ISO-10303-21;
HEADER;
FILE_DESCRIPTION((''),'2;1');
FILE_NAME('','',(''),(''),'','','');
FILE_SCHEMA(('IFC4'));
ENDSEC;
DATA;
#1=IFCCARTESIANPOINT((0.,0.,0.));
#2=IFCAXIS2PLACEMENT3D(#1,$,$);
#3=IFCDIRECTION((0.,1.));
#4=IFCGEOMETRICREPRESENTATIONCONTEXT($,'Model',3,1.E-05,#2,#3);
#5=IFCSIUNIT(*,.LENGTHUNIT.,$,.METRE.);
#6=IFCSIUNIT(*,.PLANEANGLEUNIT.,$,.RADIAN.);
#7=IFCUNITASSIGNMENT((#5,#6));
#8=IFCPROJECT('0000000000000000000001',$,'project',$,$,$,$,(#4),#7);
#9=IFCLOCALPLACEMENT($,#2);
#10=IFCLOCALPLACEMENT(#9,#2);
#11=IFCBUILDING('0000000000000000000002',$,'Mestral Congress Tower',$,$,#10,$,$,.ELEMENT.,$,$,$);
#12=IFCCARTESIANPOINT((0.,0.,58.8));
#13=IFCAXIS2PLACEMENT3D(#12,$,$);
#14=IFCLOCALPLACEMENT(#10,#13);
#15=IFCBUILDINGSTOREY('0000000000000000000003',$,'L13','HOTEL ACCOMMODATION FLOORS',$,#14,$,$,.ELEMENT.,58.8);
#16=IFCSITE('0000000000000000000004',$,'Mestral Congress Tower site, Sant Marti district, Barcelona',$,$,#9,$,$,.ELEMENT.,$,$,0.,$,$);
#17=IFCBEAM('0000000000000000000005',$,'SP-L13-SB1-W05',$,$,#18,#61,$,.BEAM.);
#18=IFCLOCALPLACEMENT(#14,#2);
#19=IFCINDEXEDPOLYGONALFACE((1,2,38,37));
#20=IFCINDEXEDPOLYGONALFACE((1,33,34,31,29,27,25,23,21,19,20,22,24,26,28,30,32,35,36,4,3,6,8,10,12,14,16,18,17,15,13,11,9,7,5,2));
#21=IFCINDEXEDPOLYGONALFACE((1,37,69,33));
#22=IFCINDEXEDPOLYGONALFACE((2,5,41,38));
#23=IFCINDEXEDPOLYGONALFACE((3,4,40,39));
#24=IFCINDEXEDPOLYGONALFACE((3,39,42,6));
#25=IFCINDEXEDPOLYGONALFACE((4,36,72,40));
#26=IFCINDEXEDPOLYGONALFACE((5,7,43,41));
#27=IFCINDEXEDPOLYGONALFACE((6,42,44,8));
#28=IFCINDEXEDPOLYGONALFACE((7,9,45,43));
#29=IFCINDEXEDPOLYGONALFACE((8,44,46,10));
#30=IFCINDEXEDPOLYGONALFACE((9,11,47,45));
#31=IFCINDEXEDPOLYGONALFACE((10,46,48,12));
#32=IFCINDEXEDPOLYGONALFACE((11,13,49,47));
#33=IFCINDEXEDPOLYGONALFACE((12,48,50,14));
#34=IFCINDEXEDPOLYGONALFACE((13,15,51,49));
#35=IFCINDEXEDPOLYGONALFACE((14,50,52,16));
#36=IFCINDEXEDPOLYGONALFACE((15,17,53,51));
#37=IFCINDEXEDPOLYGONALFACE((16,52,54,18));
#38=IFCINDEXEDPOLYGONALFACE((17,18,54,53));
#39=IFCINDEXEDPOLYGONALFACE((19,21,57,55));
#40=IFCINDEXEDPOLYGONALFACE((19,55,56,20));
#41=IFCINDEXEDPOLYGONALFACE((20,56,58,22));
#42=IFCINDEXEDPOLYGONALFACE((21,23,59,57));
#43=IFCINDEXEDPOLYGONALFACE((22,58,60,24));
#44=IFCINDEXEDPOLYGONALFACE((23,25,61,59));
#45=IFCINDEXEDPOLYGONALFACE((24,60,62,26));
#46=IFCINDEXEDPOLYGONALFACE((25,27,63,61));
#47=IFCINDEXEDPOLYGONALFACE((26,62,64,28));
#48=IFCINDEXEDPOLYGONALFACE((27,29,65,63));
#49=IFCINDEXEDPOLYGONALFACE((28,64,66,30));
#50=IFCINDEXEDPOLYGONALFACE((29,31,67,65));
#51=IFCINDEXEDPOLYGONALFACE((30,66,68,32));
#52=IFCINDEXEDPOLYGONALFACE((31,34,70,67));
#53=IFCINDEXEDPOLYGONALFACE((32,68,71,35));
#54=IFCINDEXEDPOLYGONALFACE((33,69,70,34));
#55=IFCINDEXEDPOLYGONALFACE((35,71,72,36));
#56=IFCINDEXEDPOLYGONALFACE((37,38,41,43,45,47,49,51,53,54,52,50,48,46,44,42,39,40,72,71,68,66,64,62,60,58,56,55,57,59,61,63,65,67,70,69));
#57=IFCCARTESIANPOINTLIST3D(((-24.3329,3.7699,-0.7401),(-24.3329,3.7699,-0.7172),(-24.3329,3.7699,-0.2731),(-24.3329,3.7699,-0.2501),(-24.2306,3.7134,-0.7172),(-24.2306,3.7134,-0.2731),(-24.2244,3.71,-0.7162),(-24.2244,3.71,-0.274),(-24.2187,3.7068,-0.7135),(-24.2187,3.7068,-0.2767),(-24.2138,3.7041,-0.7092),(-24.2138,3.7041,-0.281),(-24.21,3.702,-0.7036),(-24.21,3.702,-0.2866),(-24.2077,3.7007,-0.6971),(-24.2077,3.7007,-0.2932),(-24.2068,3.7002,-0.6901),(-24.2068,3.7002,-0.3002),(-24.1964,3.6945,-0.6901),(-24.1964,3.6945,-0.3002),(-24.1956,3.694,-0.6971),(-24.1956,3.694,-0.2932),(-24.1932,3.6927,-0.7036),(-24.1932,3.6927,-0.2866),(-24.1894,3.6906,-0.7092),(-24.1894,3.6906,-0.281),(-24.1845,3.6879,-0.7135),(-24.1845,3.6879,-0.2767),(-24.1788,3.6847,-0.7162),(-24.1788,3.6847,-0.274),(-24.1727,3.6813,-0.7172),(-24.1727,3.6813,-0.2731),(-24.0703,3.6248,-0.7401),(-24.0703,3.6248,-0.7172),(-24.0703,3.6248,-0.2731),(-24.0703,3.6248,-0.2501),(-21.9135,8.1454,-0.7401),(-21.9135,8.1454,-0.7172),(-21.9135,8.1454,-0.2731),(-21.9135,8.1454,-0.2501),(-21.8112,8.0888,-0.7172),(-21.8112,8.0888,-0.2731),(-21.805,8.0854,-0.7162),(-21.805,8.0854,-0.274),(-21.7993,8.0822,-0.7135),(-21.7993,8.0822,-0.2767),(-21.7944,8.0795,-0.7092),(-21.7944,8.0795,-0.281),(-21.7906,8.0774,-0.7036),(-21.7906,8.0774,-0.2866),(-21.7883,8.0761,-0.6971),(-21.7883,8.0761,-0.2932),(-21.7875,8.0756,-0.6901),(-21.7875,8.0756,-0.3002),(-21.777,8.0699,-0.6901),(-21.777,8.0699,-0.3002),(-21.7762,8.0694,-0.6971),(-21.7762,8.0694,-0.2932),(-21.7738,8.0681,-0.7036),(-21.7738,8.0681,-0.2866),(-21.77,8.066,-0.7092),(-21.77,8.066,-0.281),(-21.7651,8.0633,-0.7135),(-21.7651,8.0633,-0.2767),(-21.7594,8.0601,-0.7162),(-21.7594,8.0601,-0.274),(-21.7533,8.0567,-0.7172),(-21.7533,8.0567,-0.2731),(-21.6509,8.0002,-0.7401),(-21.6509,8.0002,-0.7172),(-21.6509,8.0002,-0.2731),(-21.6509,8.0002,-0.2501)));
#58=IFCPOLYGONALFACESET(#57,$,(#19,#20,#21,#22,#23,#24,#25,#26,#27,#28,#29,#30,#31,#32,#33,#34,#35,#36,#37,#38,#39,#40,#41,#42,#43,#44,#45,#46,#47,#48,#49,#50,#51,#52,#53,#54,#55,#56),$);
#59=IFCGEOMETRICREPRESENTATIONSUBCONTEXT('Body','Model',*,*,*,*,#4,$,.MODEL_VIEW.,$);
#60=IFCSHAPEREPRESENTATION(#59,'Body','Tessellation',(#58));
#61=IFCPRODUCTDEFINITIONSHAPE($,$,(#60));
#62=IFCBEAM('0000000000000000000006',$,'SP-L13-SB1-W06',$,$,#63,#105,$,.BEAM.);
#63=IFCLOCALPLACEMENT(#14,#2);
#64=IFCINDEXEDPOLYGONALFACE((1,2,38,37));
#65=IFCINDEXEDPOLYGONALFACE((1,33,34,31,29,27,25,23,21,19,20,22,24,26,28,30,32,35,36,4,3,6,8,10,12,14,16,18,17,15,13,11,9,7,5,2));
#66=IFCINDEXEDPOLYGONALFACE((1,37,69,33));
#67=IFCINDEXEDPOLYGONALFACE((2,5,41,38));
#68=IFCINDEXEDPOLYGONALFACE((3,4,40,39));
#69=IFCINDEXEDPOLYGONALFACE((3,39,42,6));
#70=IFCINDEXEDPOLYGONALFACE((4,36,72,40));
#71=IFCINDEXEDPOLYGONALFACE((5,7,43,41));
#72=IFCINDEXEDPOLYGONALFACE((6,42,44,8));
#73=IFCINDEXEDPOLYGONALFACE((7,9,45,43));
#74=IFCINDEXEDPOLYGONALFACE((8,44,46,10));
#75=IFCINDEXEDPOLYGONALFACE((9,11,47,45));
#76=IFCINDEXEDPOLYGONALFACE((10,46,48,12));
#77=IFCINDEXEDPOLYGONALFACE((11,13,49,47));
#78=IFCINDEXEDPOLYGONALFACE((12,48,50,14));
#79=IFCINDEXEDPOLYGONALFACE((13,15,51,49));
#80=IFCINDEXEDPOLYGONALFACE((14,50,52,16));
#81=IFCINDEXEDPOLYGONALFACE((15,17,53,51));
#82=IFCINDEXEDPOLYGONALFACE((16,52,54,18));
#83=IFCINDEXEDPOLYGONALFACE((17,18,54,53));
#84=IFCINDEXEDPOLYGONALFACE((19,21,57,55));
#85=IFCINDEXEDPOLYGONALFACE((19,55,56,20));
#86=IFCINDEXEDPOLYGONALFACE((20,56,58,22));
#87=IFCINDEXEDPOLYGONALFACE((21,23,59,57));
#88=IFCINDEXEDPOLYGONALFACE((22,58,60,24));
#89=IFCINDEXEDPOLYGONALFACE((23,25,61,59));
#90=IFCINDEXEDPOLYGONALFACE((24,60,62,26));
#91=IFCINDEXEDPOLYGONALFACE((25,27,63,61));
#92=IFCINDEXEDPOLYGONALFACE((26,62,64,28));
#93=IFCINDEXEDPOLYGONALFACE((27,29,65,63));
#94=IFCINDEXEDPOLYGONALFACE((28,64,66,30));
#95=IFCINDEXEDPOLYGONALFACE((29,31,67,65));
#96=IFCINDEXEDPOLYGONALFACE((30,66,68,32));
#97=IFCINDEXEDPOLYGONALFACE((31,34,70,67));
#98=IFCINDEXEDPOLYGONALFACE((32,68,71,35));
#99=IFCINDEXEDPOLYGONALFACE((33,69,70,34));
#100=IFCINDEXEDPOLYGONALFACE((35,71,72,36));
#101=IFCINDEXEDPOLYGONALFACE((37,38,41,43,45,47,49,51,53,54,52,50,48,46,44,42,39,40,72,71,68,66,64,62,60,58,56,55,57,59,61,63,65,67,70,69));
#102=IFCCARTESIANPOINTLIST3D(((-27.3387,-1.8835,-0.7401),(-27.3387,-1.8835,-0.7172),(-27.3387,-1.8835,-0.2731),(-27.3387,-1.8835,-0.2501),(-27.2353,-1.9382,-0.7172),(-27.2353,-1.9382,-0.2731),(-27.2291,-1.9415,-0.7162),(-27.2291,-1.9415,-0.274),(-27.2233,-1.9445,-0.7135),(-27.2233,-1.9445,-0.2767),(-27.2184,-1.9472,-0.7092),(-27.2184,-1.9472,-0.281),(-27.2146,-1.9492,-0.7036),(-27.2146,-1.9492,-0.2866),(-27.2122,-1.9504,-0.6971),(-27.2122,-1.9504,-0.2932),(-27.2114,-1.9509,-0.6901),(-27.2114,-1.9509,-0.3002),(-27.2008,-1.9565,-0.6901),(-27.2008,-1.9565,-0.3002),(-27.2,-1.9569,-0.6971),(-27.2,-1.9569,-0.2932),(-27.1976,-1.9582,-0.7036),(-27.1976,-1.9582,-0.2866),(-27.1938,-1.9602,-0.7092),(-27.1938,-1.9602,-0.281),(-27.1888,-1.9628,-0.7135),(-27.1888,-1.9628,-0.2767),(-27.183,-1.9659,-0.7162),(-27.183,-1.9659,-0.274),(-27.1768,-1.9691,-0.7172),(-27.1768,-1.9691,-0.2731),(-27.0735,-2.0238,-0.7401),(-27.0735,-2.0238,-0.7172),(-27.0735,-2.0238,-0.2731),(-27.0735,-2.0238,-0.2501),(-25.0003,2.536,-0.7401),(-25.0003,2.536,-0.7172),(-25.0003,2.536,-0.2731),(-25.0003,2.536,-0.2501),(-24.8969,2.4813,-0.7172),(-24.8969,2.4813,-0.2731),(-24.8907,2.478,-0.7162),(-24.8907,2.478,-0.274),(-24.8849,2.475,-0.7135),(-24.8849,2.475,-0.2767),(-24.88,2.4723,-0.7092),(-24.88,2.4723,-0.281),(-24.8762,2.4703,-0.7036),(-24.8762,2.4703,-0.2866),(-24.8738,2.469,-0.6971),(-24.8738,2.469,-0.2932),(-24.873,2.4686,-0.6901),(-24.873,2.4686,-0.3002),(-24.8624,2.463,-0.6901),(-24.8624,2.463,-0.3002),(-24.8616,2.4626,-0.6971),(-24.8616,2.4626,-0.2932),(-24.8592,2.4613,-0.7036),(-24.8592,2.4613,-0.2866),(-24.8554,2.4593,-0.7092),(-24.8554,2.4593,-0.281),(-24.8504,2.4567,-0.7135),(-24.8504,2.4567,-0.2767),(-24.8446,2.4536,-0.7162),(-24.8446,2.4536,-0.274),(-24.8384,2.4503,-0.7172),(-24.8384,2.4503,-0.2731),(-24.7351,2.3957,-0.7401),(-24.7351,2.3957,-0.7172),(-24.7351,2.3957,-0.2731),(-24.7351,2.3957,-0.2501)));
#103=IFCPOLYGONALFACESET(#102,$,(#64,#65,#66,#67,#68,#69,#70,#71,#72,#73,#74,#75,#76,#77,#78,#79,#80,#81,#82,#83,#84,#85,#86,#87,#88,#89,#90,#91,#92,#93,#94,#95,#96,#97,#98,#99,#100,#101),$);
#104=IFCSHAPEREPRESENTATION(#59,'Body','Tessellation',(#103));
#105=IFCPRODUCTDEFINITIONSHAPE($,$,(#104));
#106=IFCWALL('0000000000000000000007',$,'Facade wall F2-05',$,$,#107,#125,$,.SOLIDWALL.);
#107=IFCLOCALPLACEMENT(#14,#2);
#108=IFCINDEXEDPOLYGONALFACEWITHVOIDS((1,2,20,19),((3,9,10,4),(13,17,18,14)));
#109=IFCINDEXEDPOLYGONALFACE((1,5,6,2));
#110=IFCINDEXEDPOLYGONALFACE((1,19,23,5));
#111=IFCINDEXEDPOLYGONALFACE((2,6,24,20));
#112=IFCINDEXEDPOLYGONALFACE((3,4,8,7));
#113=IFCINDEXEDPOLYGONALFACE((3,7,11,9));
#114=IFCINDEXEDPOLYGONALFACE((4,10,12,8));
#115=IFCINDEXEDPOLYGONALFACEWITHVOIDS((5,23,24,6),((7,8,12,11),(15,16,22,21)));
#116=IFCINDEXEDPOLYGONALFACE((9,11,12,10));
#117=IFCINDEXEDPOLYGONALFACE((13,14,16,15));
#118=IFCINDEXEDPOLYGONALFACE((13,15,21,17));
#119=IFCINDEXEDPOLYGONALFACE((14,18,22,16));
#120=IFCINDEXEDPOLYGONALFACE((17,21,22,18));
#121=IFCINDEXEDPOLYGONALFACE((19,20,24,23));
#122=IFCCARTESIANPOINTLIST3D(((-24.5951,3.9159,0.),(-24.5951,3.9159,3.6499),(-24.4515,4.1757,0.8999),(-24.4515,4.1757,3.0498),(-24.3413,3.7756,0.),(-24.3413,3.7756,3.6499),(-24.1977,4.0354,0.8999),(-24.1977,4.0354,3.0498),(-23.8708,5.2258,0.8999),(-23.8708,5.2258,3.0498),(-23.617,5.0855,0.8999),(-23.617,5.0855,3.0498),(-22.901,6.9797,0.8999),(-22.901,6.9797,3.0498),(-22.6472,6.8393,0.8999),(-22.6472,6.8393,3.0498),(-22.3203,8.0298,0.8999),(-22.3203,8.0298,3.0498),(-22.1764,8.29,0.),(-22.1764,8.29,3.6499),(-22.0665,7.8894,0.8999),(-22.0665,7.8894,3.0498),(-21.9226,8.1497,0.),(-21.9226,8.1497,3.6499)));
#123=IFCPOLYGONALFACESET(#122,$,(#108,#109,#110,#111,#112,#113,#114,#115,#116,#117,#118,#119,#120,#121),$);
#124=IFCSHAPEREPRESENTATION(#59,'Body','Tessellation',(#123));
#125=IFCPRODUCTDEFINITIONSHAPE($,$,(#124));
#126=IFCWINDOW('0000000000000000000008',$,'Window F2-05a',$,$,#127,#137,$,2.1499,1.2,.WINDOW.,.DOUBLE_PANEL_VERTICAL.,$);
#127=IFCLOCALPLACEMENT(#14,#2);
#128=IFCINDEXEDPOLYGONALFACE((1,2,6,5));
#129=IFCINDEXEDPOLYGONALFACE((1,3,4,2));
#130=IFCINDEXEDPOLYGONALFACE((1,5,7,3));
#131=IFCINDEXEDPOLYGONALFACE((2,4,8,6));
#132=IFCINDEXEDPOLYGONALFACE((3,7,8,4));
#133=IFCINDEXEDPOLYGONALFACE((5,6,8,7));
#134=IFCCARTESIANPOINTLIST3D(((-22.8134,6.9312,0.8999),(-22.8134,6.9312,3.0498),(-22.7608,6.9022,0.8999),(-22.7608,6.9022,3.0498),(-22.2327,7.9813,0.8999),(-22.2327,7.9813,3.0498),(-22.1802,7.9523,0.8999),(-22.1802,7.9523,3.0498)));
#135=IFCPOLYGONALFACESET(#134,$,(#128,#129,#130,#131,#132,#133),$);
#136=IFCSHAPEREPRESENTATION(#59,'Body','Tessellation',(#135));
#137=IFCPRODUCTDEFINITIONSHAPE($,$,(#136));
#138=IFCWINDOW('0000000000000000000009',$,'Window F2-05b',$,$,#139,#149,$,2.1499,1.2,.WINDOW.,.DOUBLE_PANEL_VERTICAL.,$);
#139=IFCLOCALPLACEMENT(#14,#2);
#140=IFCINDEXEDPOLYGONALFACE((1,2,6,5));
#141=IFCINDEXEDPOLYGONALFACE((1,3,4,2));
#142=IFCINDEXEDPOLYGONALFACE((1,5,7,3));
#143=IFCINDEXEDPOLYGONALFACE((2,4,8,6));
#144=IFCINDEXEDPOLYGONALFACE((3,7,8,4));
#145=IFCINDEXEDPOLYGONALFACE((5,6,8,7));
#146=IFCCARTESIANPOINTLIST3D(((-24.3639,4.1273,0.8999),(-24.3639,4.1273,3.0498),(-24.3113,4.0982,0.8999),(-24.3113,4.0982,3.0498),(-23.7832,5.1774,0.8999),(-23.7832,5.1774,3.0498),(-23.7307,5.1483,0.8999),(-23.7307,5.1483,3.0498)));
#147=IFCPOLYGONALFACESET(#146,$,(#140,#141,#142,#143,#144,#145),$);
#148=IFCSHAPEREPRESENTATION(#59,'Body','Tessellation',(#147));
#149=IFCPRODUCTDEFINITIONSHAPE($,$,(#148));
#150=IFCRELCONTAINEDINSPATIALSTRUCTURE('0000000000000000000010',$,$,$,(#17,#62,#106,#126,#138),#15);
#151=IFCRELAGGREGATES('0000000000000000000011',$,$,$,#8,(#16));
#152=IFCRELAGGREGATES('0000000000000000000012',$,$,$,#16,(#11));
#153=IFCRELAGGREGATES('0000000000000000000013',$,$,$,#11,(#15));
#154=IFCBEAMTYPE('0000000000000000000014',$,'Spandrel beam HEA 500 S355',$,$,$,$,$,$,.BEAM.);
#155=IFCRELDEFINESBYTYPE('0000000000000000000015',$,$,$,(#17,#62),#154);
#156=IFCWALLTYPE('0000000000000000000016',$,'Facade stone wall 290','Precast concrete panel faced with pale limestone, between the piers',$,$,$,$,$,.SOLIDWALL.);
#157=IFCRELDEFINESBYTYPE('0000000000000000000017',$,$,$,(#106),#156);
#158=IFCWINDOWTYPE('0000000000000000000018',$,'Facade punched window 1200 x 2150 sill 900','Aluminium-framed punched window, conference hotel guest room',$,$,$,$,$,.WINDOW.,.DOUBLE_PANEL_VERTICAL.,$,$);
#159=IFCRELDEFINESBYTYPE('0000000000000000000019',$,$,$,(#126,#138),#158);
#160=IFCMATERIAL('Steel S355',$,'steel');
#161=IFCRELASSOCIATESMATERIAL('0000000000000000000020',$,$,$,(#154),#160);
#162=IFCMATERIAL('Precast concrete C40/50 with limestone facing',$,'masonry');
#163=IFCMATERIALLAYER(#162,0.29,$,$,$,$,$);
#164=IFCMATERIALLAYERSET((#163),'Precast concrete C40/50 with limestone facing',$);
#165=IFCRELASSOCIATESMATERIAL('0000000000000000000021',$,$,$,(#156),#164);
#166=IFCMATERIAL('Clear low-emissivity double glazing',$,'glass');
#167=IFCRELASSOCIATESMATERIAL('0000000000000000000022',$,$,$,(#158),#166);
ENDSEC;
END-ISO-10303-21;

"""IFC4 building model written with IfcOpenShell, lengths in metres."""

from ifc_helpers import new_model, si_unit, direction, frame, frame_2d, origin, origin_2d, place, context, subcontext, project, spatial, rectangle, i_section, extrude, material, layer, layer_set, material_profile, profile_set, type_object, element, fill, save


model = new_model("IFC4")

# Units and contexts
model_context = context("Model", 3, precision=1e-05, world=origin(), true_north=direction((0.0, 1.0)))
body_context = subcontext(model_context, "Body", "Model", "MODEL_VIEW")
ifc_project = project(units=[si_unit("LENGTHUNIT", "METRE"), si_unit("PLANEANGLEUNIT", "RADIAN")], contexts=[model_context])

# Site, building, storey
site_placement = place(None, origin())
site = spatial("IfcSite", under=ifc_project, at=site_placement, Name="Mestral Congress Tower site, Sant Marti district, Barcelona", CompositionType="ELEMENT", RefElevation=0.0)
building_placement = place(site_placement, origin())
building = spatial("IfcBuilding", under=site, at=building_placement, Name="Mestral Congress Tower", CompositionType="ELEMENT")
storey_placement = place(building_placement, frame((0.0, 0.0, 58.8)))
storey = spatial("IfcBuildingStorey", under=building, at=storey_placement, Name="L13", Description="HOTEL ACCOMMODATION FLOORS", CompositionType="ELEMENT", Elevation=58.8)

# Beams
ifc_material_1 = material(Name="Steel S355", Category="steel")
ifc_material_profile_1 = material_profile(ifc_material_1, i_section(OverallWidth=0.3, OverallDepth=0.49, WebThickness=0.012, FlangeThickness=0.0229, FilletRadius=0.0271, at=origin_2d()), Name="HEA 500")
ifc_profile_set_1 = profile_set([ifc_material_profile_1], Name="Steel S355")
beam_type_1 = type_object("IfcBeamType", Name="Spandrel beam HEA 500 S355", PredefinedType="BEAM", material=ifc_profile_set_1)
beam_1_placement = place(storey_placement, frame((-21.7822, 8.0728, -0.4951), z_axis=(-0.483901, -0.875123, 0.0), x_axis=(0.875123, -0.483901, 0.0)))
element("IfcBeam", 1, at=beam_1_placement, inside=storey, type_object=beam_type_1, Name="SP-L13-SB1-W05", PredefinedType="BEAM", context=body_context, shape_type="SweptSolid", body=[
    extrude(i_section(OverallWidth=0.3, OverallDepth=0.49, WebThickness=0.012, FlangeThickness=0.0229, FilletRadius=0.0271, at=origin_2d()), origin(), (0.0, 0.0, 1.0), 4.9998),
])
beam_2_placement = place(storey_placement, frame((-24.8677, 2.4658, -0.4951), z_axis=(-0.467681, -0.883897, 0.0), x_axis=(0.883897, -0.467681, 0.0)))
element("IfcBeam", 2, at=beam_2_placement, inside=storey, type_object=beam_type_1, Name="SP-L13-SB1-W06", PredefinedType="BEAM", context=body_context, shape_type="SweptSolid", body=[
    extrude(i_section(OverallWidth=0.3, OverallDepth=0.49, WebThickness=0.012, FlangeThickness=0.0229, FilletRadius=0.0271, at=origin_2d()), origin(), (0.0, 0.0, 1.0), 5.0),
])

# Wall, openings, windows
ifc_material_2 = material(Name="Precast concrete C40/50 with limestone facing", Category="masonry")
ifc_layer_1 = layer(ifc_material_2, 0.29)
ifc_layer_set_1 = layer_set([ifc_layer_1], Name="Precast concrete C40/50 with limestone facing")
wall_type_1 = type_object("IfcWallType", Name="Facade stone wall 290", Description="Precast concrete panel faced with pale limestone, between the piers", PredefinedType="SOLIDWALL", material=ifc_layer_set_1)
wall_1_placement = place(storey_placement, frame((-22.0496, 8.2197, 0.0), z_axis=(0.0, 0.0, 1.0), x_axis=(-0.483913, -0.875116, 0.0)))
wall_1 = element("IfcWall", 3, at=wall_1_placement, inside=storey, type_object=wall_type_1, Name="Facade wall F2-05", PredefinedType="SOLIDWALL", context=body_context, shape_type="SweptSolid", body=[
    extrude(rectangle(XDim=4.9983, YDim=0.29, at=frame_2d((2.499, 0.0))), origin(), (0.0, 0.0, 1.0), 3.6499),
])
opening_1_placement = place(wall_1_placement, frame((0.2971, 0.0, 0.8999)))
opening_1 = element("IfcOpeningElement", 4, at=opening_1_placement, cuts=wall_1, PredefinedType="OPENING", context=body_context, shape_type="SweptSolid", body=[
    extrude(rectangle(XDim=1.2, YDim=2.1499, at=frame_2d((0.6001, 1.075))), frame((0.0, 0.155, 0.0), z_axis=(0.0, -1.0, 0.0), x_axis=(1.0, 0.0, 0.0)), (0.0, 0.0, 1.0), 0.3101),
])
opening_2_placement = place(wall_1_placement, frame((3.5012, 0.0, 0.8999)))
opening_2 = element("IfcOpeningElement", 5, at=opening_2_placement, cuts=wall_1, PredefinedType="OPENING", context=body_context, shape_type="SweptSolid", body=[
    extrude(rectangle(XDim=1.2, YDim=2.1499, at=frame_2d((0.6001, 1.075))), frame((0.0, 0.155, 0.0), z_axis=(0.0, -1.0, 0.0), x_axis=(1.0, 0.0, 0.0)), (0.0, 0.0, 1.0), 0.3101),
])
ifc_material_3 = material(Name="Clear low-emissivity double glazing", Category="glass")
window_type = type_object("IfcWindowType", Name="Facade punched window 1200 x 2150 sill 900", Description="Aluminium-framed punched window, conference hotel guest room", PartitioningType="DOUBLE_PANEL_VERTICAL", PredefinedType="WINDOW", material=ifc_material_3)
window_1_placement = place(opening_1_placement, origin())
window_1 = element("IfcWindow", 6, at=window_1_placement, inside=storey, type_object=window_type, Name="Window F2-05a", OverallHeight=2.1499, OverallWidth=1.2, PartitioningType="DOUBLE_PANEL_VERTICAL", PredefinedType="WINDOW", context=body_context, shape_type="SweptSolid", body=[
    extrude(rectangle(XDim=1.2, YDim=2.1499, at=frame_2d((0.6001, 1.075))), frame((0.0, 0.0151, 0.0), z_axis=(0.0, -1.0, 0.0), x_axis=(1.0, 0.0, 0.0)), (0.0, 0.0, 1.0), 0.0601),
])
fill(opening_1, window_1)
window_2_placement = place(opening_2_placement, origin())
window_2 = element("IfcWindow", 7, at=window_2_placement, inside=storey, type_object=window_type, Name="Window F2-05b", OverallHeight=2.1499, OverallWidth=1.2, PartitioningType="DOUBLE_PANEL_VERTICAL", PredefinedType="WINDOW", context=body_context, shape_type="SweptSolid", body=[
    extrude(rectangle(XDim=1.2, YDim=2.1499, at=frame_2d((0.6001, 1.075))), frame((0.0, 0.0151, 0.0), z_axis=(0.0, -1.0, 0.0), x_axis=(1.0, 0.0, 0.0)), (0.0, 0.0, 1.0), 0.0601),
])
fill(opening_2, window_2)

save(model, "model.ifc")
